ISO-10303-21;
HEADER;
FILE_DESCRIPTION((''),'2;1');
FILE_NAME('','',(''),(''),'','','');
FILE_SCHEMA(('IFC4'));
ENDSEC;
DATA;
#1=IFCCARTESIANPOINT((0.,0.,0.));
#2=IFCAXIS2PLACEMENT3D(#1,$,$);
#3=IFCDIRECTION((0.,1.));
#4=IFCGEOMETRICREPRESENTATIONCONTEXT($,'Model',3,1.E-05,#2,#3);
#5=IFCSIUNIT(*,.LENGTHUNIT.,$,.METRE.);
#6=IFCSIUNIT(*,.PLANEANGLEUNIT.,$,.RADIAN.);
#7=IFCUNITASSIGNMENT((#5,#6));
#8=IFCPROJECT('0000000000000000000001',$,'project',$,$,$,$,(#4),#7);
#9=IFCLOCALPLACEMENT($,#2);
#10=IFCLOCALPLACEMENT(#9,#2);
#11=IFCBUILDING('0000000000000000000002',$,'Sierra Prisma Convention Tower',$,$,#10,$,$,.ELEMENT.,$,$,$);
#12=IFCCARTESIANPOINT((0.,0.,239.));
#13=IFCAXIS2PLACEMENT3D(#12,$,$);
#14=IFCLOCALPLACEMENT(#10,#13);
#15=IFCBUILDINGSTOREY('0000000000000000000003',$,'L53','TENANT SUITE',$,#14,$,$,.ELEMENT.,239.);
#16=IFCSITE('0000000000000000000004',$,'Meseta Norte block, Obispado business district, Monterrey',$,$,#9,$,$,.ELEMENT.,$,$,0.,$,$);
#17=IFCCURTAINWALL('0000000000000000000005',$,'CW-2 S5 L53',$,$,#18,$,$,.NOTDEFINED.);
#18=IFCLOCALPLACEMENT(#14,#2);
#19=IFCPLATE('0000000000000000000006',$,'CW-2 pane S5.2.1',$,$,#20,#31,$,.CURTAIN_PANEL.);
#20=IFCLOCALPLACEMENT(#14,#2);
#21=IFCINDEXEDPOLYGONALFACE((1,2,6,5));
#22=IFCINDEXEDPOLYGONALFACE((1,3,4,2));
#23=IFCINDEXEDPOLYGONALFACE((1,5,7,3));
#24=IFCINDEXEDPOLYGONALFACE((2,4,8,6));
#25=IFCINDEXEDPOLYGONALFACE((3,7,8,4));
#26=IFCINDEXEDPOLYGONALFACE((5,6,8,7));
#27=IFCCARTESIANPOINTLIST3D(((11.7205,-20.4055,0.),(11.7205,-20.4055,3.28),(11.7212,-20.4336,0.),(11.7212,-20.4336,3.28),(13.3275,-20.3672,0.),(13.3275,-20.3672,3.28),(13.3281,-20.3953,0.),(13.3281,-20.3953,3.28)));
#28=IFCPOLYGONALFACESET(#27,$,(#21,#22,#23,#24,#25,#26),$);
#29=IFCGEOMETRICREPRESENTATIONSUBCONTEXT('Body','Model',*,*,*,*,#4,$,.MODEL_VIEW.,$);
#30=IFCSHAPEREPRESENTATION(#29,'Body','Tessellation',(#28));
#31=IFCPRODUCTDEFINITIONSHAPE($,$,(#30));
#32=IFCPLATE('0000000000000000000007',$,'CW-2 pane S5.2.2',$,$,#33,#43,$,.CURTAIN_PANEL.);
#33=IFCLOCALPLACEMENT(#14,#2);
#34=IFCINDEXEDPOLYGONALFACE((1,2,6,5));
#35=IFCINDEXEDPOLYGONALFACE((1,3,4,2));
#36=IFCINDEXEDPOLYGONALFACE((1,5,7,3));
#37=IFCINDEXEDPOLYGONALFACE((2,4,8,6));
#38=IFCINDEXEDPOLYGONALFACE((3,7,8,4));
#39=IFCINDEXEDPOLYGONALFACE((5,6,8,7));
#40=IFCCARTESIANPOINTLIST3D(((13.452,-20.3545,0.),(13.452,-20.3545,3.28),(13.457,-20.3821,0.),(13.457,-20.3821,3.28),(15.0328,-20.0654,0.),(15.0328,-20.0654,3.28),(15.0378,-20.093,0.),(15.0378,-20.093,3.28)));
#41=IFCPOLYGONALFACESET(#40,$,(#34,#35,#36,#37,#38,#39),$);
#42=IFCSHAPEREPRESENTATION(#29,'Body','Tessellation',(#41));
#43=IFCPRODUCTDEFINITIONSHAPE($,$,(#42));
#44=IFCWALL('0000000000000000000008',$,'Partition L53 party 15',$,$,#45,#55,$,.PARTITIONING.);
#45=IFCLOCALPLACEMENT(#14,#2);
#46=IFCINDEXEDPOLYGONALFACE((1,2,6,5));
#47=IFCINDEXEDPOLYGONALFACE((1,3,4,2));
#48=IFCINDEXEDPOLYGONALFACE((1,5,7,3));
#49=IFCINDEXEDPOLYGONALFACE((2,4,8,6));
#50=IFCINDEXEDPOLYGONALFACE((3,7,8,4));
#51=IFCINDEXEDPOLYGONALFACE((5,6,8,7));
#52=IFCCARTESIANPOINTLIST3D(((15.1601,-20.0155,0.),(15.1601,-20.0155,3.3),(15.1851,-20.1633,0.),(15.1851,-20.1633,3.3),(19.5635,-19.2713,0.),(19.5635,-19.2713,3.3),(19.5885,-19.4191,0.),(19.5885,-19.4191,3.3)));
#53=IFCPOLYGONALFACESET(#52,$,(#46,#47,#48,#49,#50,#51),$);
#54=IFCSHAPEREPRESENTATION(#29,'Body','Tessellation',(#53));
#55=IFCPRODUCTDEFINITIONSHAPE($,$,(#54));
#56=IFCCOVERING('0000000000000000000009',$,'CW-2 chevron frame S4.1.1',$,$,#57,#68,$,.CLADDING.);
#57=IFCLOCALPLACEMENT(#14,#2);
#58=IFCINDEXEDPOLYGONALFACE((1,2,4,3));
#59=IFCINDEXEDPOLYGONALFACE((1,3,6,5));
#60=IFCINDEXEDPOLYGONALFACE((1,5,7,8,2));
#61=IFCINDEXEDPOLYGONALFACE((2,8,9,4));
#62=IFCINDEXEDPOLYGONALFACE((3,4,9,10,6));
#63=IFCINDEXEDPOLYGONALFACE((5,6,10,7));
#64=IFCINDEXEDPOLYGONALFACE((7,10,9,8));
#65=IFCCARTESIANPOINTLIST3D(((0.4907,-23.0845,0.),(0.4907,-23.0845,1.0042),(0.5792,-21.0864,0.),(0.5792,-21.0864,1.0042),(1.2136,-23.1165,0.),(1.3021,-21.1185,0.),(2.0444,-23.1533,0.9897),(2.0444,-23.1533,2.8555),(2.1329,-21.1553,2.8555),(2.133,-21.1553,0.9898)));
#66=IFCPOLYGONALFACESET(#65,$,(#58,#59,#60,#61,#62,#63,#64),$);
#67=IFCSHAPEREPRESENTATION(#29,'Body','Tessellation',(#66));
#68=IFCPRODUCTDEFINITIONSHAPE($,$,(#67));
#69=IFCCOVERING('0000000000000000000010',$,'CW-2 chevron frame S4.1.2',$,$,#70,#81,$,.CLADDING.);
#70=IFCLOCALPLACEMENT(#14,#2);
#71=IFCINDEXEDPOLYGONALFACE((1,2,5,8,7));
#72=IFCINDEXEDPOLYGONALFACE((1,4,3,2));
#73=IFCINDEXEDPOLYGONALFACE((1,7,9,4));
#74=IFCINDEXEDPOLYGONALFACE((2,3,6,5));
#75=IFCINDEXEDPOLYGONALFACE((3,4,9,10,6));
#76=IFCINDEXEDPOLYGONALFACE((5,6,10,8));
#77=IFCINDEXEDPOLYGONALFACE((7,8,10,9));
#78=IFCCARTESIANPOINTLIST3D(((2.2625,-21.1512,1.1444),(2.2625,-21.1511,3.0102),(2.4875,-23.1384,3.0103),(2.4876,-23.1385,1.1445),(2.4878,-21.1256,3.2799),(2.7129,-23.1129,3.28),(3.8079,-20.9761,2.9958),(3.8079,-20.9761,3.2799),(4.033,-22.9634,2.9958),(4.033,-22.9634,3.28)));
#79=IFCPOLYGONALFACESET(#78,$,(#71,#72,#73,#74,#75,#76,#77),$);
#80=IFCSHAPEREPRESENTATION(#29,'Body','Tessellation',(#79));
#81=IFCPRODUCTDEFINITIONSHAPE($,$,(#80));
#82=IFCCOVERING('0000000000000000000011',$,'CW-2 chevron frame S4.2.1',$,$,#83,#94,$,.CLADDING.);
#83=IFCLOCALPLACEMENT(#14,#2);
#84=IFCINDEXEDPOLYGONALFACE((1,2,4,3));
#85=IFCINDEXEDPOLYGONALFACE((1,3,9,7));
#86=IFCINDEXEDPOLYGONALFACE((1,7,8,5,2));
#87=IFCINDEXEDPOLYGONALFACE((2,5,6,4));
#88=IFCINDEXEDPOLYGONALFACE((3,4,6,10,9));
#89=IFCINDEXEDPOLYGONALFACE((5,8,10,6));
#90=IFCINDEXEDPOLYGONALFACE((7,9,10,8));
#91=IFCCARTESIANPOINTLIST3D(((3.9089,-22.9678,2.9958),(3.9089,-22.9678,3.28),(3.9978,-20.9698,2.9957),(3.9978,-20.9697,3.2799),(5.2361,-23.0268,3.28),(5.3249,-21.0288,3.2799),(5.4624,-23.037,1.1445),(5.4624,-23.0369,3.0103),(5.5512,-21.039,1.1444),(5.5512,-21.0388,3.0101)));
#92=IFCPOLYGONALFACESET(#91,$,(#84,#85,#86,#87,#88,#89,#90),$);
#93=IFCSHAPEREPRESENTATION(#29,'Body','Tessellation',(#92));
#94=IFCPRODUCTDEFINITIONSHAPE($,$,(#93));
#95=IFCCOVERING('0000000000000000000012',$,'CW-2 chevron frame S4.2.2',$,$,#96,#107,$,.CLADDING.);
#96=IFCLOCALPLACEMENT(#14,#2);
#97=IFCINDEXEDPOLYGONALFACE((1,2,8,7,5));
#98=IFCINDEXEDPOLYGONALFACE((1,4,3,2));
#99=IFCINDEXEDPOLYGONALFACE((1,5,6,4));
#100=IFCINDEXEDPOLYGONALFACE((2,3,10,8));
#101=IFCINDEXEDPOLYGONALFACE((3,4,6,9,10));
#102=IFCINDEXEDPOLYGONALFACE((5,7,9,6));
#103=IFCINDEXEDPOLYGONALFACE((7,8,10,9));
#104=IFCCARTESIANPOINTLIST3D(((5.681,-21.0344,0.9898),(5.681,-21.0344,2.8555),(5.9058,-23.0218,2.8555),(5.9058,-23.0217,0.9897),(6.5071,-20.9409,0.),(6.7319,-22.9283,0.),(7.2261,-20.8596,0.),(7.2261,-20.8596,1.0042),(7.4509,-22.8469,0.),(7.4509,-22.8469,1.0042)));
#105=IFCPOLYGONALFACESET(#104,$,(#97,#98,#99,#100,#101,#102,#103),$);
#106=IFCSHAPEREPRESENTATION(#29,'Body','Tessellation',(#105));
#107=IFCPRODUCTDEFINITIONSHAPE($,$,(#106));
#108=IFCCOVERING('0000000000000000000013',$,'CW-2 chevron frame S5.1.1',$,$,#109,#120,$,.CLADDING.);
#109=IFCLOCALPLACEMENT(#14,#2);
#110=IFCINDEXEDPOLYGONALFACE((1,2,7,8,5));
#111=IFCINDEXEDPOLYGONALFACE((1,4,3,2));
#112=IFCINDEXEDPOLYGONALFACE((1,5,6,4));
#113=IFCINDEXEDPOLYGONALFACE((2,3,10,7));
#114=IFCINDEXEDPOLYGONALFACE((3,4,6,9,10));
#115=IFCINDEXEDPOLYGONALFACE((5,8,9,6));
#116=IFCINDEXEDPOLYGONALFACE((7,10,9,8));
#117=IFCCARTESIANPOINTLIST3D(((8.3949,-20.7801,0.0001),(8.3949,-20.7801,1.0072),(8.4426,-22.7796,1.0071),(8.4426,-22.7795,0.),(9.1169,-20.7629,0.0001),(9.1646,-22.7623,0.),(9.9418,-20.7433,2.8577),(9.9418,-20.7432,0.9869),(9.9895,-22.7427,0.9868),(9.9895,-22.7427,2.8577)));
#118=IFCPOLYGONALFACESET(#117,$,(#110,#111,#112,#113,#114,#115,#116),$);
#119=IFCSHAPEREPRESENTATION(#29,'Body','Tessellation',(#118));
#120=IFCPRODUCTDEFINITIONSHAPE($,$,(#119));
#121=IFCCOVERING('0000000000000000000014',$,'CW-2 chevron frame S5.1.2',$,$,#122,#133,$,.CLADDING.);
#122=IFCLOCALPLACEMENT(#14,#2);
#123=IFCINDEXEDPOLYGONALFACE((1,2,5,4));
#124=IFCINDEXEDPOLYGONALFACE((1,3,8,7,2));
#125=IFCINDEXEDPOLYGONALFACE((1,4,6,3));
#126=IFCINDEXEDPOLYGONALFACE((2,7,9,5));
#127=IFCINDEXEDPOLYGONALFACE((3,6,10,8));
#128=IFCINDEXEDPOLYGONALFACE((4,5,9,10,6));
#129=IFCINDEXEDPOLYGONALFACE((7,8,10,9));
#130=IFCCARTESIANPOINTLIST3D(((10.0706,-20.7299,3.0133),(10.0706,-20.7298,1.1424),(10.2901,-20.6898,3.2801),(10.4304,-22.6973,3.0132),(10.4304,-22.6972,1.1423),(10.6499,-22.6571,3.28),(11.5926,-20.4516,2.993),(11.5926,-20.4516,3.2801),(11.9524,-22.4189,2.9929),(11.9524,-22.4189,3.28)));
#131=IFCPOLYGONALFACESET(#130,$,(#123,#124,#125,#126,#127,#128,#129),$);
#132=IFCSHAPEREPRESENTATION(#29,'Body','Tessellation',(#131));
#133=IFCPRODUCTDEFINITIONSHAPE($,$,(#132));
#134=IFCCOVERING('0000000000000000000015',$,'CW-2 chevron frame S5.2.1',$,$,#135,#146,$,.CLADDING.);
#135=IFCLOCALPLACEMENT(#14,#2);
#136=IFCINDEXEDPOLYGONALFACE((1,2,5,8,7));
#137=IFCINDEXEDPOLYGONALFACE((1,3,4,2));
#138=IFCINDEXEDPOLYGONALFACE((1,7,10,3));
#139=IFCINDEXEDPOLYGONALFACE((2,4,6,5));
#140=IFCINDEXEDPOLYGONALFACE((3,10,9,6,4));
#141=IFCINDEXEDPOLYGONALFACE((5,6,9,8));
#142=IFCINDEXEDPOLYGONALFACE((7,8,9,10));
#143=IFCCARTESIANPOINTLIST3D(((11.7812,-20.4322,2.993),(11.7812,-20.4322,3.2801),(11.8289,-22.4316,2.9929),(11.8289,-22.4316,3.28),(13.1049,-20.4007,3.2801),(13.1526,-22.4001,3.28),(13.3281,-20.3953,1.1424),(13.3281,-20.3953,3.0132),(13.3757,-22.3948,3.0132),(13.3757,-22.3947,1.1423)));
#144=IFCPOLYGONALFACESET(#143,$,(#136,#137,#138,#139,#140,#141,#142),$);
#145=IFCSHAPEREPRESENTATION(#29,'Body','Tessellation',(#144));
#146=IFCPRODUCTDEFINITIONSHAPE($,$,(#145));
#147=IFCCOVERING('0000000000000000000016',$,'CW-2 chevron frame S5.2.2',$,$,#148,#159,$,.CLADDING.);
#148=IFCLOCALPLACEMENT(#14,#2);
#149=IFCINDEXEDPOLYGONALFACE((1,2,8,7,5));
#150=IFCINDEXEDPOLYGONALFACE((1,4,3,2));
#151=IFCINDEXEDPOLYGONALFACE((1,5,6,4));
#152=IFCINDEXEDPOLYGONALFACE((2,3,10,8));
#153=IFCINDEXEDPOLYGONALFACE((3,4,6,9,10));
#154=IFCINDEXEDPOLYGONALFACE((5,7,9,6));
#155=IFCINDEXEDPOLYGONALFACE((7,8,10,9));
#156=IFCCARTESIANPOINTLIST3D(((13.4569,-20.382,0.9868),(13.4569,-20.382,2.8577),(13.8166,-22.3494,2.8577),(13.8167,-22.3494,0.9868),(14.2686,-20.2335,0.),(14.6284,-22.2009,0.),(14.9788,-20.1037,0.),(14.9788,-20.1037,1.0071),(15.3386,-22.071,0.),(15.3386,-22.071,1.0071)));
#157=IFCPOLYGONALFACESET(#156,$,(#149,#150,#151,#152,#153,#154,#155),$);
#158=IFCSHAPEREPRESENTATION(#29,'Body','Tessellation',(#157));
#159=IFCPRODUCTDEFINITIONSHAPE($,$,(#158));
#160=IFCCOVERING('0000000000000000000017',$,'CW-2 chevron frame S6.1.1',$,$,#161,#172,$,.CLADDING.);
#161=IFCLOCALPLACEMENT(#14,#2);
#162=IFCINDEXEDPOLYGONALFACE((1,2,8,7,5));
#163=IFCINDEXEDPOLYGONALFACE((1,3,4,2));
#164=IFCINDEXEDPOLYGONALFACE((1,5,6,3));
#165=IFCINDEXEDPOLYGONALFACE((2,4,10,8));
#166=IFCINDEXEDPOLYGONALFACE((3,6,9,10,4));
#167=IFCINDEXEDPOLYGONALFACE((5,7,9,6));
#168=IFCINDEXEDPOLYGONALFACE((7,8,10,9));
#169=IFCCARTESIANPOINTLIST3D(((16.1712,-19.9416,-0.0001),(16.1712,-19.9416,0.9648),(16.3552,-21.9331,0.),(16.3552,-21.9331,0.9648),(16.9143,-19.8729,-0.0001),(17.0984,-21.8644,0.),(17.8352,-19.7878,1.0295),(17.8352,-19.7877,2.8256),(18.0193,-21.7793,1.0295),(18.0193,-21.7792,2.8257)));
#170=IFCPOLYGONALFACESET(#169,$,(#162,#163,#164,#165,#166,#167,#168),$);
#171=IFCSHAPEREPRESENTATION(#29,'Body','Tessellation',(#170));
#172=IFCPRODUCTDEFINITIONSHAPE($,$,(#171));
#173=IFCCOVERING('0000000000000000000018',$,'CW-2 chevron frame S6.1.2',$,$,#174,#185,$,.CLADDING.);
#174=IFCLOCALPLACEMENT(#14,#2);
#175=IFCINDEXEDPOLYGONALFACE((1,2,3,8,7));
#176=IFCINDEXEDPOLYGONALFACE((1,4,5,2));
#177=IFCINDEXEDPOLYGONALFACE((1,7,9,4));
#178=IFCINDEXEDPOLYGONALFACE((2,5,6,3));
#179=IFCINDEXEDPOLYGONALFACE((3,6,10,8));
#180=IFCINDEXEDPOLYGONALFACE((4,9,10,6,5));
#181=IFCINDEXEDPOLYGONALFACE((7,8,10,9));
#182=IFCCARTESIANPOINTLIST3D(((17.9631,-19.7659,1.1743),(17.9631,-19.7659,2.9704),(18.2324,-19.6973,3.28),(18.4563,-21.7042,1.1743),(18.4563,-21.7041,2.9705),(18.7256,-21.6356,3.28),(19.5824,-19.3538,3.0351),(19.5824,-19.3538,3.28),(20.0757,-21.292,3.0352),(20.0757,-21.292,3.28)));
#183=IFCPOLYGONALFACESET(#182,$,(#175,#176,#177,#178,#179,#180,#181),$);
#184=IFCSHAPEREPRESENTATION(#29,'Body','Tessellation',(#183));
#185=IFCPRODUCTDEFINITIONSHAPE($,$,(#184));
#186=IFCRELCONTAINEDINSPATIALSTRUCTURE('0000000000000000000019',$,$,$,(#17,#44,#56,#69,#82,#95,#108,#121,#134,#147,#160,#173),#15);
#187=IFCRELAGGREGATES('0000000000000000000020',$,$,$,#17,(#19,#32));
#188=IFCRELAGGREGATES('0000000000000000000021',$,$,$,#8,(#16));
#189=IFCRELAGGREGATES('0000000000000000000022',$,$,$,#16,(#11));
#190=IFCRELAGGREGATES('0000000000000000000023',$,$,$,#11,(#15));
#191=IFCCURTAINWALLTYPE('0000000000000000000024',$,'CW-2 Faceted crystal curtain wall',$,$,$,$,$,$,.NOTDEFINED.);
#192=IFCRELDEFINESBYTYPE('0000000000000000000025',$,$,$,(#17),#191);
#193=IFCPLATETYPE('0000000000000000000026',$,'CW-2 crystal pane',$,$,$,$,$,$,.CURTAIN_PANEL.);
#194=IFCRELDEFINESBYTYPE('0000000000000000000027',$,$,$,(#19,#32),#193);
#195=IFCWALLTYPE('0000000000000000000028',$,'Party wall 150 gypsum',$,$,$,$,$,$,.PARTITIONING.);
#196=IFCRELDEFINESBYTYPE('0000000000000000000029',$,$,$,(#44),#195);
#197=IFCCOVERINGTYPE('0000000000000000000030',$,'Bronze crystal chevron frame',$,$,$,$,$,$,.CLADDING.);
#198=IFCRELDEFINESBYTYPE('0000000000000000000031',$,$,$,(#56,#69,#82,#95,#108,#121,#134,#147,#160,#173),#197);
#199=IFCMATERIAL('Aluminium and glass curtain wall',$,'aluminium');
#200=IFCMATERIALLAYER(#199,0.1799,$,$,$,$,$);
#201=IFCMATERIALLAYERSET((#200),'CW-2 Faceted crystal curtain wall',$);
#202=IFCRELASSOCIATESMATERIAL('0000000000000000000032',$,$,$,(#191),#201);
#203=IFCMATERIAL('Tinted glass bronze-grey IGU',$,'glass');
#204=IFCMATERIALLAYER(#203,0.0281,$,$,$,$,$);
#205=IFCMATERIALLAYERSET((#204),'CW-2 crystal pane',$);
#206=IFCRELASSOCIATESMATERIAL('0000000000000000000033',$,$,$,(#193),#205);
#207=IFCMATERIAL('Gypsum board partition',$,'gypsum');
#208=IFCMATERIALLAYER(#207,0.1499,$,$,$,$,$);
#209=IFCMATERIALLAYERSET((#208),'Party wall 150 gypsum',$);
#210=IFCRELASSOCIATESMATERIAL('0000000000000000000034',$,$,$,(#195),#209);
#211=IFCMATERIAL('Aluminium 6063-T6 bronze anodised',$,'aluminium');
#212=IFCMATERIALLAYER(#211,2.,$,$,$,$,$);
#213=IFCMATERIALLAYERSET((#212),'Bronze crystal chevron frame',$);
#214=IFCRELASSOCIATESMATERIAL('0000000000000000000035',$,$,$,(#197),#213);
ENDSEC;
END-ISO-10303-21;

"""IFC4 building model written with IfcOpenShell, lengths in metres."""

from ifc_helpers import new_model, si_unit, direction, frame, frame_2d, origin, place, context, subcontext, project, spatial, polyline, rectangle, outline, extrude, material, layer, layer_set, type_object, element, aggregate, save


model = new_model("IFC4")

# Units and contexts
model_context = context("Model", 3, precision=1e-05, world=origin(), true_north=direction((0.0, 1.0)))
body_context = subcontext(model_context, "Body", "Model", "MODEL_VIEW")
ifc_project = project(units=[si_unit("LENGTHUNIT", "METRE"), si_unit("PLANEANGLEUNIT", "RADIAN")], contexts=[model_context])

# Site, building, storey
site_placement = place(None, origin())
site = spatial("IfcSite", under=ifc_project, at=site_placement, Name="Meseta Norte block, Obispado business district, Monterrey", CompositionType="ELEMENT", RefElevation=0.0)
building_placement = place(site_placement, origin())
building = spatial("IfcBuilding", under=site, at=building_placement, Name="Sierra Prisma Convention Tower", CompositionType="ELEMENT")
storey_placement = place(building_placement, frame((0.0, 0.0, 239.0)))
storey = spatial("IfcBuildingStorey", under=building, at=storey_placement, Name="L53", Description="TENANT SUITE", CompositionType="ELEMENT", Elevation=239.0)

# Curtain wall
ifc_material_1 = material(Name="Aluminium and glass curtain wall", Category="aluminium")
ifc_layer_1 = layer(ifc_material_1, 0.1799)
ifc_layer_set_1 = layer_set([ifc_layer_1], Name="CW-2 Faceted crystal curtain wall")
curtain_wall_type = type_object("IfcCurtainWallType", Name="CW-2 Faceted crystal curtain wall", PredefinedType="NOTDEFINED", material=ifc_layer_set_1)
curtain_wall_1_placement = place(storey_placement, origin())
curtain_wall_1 = element("IfcCurtainWall", 1, at=curtain_wall_1_placement, inside=storey, type_object=curtain_wall_type, Name="CW-2 S5 L53", PredefinedType="NOTDEFINED")

# Plates
ifc_material_2 = material(Name="Tinted glass bronze-grey IGU", Category="glass")
ifc_layer_2 = layer(ifc_material_2, 0.0281)
ifc_layer_set_2 = layer_set([ifc_layer_2], Name="CW-2 crystal pane")
plate_type = type_object("IfcPlateType", Name="CW-2 crystal pane", PredefinedType="CURTAIN_PANEL", material=ifc_layer_set_2)
plate_1_placement = place(storey_placement, frame((11.7212, -20.4336, 0.0), z_axis=(0.023846, -0.999716, 0.0), x_axis=(0.999716, 0.023846, 0.0)))
plate_1 = element("IfcPlate", 2, at=plate_1_placement, type_object=plate_type, Name="CW-2 pane S5.2.1", PredefinedType="CURTAIN_PANEL", context=body_context, shape_type="SweptSolid", body=[
    extrude(outline(polyline([(0.0, 0.0), (1.6074, 0.0), (1.6074, 3.28), (0.0, 3.28), (0.0, 0.0)])), origin(), (0.0, 0.0, -1.0), 0.0281),
])
plate_2_placement = place(storey_placement, frame((15.0378, -20.093, 0.0), z_axis=(0.179875, -0.98369, 0.0), x_axis=(-0.98369, -0.179875, 0.0)))
plate_2 = element("IfcPlate", 3, at=plate_2_placement, type_object=plate_type, Name="CW-2 pane S5.2.2", PredefinedType="CURTAIN_PANEL", context=body_context, shape_type="SweptSolid", body=[
    extrude(outline(polyline([(0.0, 0.0), (1.607, 0.0), (1.607, -3.28), (0.0, -3.28), (0.0, 0.0)])), origin(), (0.0, 0.0, -1.0), 0.0281),
])
aggregate(curtain_wall_1, [plate_1, plate_2])

# Wall
ifc_material_3 = material(Name="Gypsum board partition", Category="gypsum")
ifc_layer_3 = layer(ifc_material_3, 0.1499)
ifc_layer_set_3 = layer_set([ifc_layer_3], Name="Party wall 150 gypsum")
wall_type = type_object("IfcWallType", Name="Party wall 150 gypsum", PredefinedType="PARTITIONING", material=ifc_layer_set_3)
wall_placement = place(storey_placement, frame((15.1726, -20.0894, 0.0), z_axis=(0.0, 0.0, 1.0), x_axis=(0.986019, 0.166633, 0.0)))
element("IfcWall", 4, at=wall_placement, inside=storey, type_object=wall_type, Name="Partition L53 party 15", PredefinedType="PARTITIONING", context=body_context, shape_type="SweptSolid", body=[
    extrude(rectangle(XDim=4.4658, YDim=0.1499, at=frame_2d((2.2329, 0.0))), origin(), (0.0, 0.0, 1.0), 3.3),
])

# Coverings
ifc_material_4 = material(Name="Aluminium 6063-T6 bronze anodised", Category="aluminium")
ifc_layer_4 = layer(ifc_material_4, 2.0)
ifc_layer_set_4 = layer_set([ifc_layer_4], Name="Bronze crystal chevron frame")
covering_type = type_object("IfcCoveringType", Name="Bronze crystal chevron frame", PredefinedType="CLADDING", material=ifc_layer_set_4)
covering_1_placement = place(storey_placement, frame((0.4907, -23.0845, 0.0), z_axis=(-0.044259, -0.99902, -0.000015), x_axis=(0.99902, -0.044259, 0.0)))
element("IfcCovering", 5, at=covering_1_placement, inside=storey, type_object=covering_type, Name="CW-2 chevron frame S4.1.1", PredefinedType="CLADDING", context=body_context, shape_type="SweptSolid", body=[
    extrude(outline(polyline([(0.0, 0.0), (0.7236, 0.0), (1.5552, 0.9897), (1.5552, 2.8555), (0.0, 1.0042), (0.0, 0.0)])), origin(), (0.0, 0.0, -1.0), 2.0),
])
covering_2_placement = place(storey_placement, frame((2.4875, -23.1384, 3.0103), z_axis=(0.112542, -0.993647, 0.000046), x_axis=(0.000005, -0.000046, -1.0)))
element("IfcCovering", 6, at=covering_2_placement, inside=storey, type_object=covering_type, Name="CW-2 chevron frame S4.1.2", PredefinedType="CLADDING", context=body_context, shape_type="SweptSolid", body=[
    extrude(outline(polyline([(0.0, 0.0), (1.8657, 0.0), (0.0144, 1.5553), (-0.2698, 1.5553), (-0.2698, 0.2268), (0.0, 0.0)])), origin(), (0.0, 0.0, -1.0), 2.0),
])
covering_3_placement = place(storey_placement, frame((3.9089, -22.9678, 3.28), z_axis=(-0.044418, -0.999013, 0.000079), x_axis=(-0.000004, -0.000079, -1.0)))
element("IfcCovering", 7, at=covering_3_placement, inside=storey, type_object=covering_type, Name="CW-2 chevron frame S4.2.1", PredefinedType="CLADDING", context=body_context, shape_type="SweptSolid", body=[
    extrude(outline(polyline([(0.0, 0.0), (0.2842, 0.0), (2.1355, 1.555), (0.2698, 1.555), (0.0, 1.3285), (0.0, 0.0)])), origin(), (0.0, 0.0, -1.0), 2.0),
])
covering_4_placement = place(storey_placement, frame((7.4509, -22.8469, 0.0), z_axis=(0.112405, -0.993662, -0.000012), x_axis=(0.000001, -0.000012, 1.0)))
element("IfcCovering", 8, at=covering_4_placement, inside=storey, type_object=covering_type, Name="CW-2 chevron frame S4.2.2", PredefinedType="CLADDING", context=body_context, shape_type="SweptSolid", body=[
    extrude(outline(polyline([(0.0, 0.0), (1.0042, 0.0), (2.8555, 1.555), (0.9897, 1.555), (0.0, 0.7236), (0.0, 0.0)])), origin(), (0.0, 0.0, -1.0), 2.0),
])
covering_5_placement = place(storey_placement, frame((8.4426, -22.7795, 0.0), z_axis=(0.02385, -0.999716, -0.000039), x_axis=(0.999716, 0.02385, 0.0)))
element("IfcCovering", 9, at=covering_5_placement, inside=storey, type_object=covering_type, Name="CW-2 chevron frame S5.1.1", PredefinedType="CLADDING", context=body_context, shape_type="SweptSolid", body=[
    extrude(outline(polyline([(0.0, 0.0), (0.7221, 0.0), (1.5473, 0.9868), (1.5473, 2.8577), (0.0, 1.0071), (0.0, 0.0)])), origin(), (0.0, 0.0, -1.0), 2.0),
])
covering_6_placement = place(storey_placement, frame((10.4304, -22.6973, 3.0132), z_axis=(0.179892, -0.983686, -0.00004), x_axis=(-0.000007, 0.000039, -1.0)))
element("IfcCovering", 10, at=covering_6_placement, inside=storey, type_object=covering_type, Name="CW-2 chevron frame S5.1.2", PredefinedType="CLADDING", context=body_context, shape_type="SweptSolid", body=[
    extrude(outline(polyline([(0.0, 0.0), (1.8708, 0.0), (0.0203, 1.5472), (-0.2668, 1.5472), (-0.2668, 0.2231), (0.0, 0.0)])), origin(), (0.0, 0.0, -1.0), 2.0),
])
covering_7_placement = place(storey_placement, frame((11.8289, -22.4316, 3.28), z_axis=(0.023821, -0.999716, -0.000022), x_axis=(-0.000001, 0.000022, -1.0)))
element("IfcCovering", 11, at=covering_7_placement, inside=storey, type_object=covering_type, Name="CW-2 chevron frame S5.2.1", PredefinedType="CLADDING", context=body_context, shape_type="SweptSolid", body=[
    extrude(outline(polyline([(0.0, 0.0), (0.2871, 0.0), (2.1377, 1.5473), (0.2668, 1.5473), (0.0, 1.3241), (0.0, 0.0)])), origin(), (0.0, 0.0, -1.0), 2.0),
])
covering_8_placement = place(storey_placement, frame((15.3386, -22.071, 0.0), z_axis=(0.179887, -0.983687, 0.000003), x_axis=(0.0, 0.000003, 1.0)))
element("IfcCovering", 12, at=covering_8_placement, inside=storey, type_object=covering_type, Name="CW-2 chevron frame S5.2.2", PredefinedType="CLADDING", context=body_context, shape_type="SweptSolid", body=[
    extrude(outline(polyline([(0.0, 0.0), (1.0071, 0.0), (2.8577, 1.5472), (0.9868, 1.5472), (0.0, 0.722), (0.0, 0.0)])), origin(), (0.0, 0.0, -1.0), 2.0),
])
covering_9_placement = place(storey_placement, frame((16.3552, -21.9331, 0.0), z_axis=(0.092021, -0.995757, 0.000027), x_axis=(0.995757, 0.092021, 0.0)))
element("IfcCovering", 13, at=covering_9_placement, inside=storey, type_object=covering_type, Name="CW-2 chevron frame S6.1.1", PredefinedType="CLADDING", context=body_context, shape_type="SweptSolid", body=[
    extrude(outline(polyline([(0.0, 0.0), (0.7463, 0.0), (1.6712, 1.0295), (1.6712, 2.8257), (0.0, 0.9648), (0.0, 0.0)])), origin(), (0.0, 0.0, -1.0), 2.0),
])
covering_10_placement = place(storey_placement, frame((18.4563, -21.7041, 2.9705), z_axis=(0.246619, -0.969113, 0.000031), x_axis=(0.000008, -0.00003, -1.0)))
element("IfcCovering", 14, at=covering_10_placement, inside=storey, type_object=covering_type, Name="CW-2 chevron frame S6.1.2", PredefinedType="CLADDING", context=body_context, shape_type="SweptSolid", body=[
    extrude(outline(polyline([(0.0, 0.0), (1.7961, 0.0), (-0.0647, 1.671), (-0.3096, 1.671), (-0.3096, 0.2779), (0.0, 0.0)])), origin(), (0.0, 0.0, -1.0), 2.0),
])

save(model, "model.ifc")
